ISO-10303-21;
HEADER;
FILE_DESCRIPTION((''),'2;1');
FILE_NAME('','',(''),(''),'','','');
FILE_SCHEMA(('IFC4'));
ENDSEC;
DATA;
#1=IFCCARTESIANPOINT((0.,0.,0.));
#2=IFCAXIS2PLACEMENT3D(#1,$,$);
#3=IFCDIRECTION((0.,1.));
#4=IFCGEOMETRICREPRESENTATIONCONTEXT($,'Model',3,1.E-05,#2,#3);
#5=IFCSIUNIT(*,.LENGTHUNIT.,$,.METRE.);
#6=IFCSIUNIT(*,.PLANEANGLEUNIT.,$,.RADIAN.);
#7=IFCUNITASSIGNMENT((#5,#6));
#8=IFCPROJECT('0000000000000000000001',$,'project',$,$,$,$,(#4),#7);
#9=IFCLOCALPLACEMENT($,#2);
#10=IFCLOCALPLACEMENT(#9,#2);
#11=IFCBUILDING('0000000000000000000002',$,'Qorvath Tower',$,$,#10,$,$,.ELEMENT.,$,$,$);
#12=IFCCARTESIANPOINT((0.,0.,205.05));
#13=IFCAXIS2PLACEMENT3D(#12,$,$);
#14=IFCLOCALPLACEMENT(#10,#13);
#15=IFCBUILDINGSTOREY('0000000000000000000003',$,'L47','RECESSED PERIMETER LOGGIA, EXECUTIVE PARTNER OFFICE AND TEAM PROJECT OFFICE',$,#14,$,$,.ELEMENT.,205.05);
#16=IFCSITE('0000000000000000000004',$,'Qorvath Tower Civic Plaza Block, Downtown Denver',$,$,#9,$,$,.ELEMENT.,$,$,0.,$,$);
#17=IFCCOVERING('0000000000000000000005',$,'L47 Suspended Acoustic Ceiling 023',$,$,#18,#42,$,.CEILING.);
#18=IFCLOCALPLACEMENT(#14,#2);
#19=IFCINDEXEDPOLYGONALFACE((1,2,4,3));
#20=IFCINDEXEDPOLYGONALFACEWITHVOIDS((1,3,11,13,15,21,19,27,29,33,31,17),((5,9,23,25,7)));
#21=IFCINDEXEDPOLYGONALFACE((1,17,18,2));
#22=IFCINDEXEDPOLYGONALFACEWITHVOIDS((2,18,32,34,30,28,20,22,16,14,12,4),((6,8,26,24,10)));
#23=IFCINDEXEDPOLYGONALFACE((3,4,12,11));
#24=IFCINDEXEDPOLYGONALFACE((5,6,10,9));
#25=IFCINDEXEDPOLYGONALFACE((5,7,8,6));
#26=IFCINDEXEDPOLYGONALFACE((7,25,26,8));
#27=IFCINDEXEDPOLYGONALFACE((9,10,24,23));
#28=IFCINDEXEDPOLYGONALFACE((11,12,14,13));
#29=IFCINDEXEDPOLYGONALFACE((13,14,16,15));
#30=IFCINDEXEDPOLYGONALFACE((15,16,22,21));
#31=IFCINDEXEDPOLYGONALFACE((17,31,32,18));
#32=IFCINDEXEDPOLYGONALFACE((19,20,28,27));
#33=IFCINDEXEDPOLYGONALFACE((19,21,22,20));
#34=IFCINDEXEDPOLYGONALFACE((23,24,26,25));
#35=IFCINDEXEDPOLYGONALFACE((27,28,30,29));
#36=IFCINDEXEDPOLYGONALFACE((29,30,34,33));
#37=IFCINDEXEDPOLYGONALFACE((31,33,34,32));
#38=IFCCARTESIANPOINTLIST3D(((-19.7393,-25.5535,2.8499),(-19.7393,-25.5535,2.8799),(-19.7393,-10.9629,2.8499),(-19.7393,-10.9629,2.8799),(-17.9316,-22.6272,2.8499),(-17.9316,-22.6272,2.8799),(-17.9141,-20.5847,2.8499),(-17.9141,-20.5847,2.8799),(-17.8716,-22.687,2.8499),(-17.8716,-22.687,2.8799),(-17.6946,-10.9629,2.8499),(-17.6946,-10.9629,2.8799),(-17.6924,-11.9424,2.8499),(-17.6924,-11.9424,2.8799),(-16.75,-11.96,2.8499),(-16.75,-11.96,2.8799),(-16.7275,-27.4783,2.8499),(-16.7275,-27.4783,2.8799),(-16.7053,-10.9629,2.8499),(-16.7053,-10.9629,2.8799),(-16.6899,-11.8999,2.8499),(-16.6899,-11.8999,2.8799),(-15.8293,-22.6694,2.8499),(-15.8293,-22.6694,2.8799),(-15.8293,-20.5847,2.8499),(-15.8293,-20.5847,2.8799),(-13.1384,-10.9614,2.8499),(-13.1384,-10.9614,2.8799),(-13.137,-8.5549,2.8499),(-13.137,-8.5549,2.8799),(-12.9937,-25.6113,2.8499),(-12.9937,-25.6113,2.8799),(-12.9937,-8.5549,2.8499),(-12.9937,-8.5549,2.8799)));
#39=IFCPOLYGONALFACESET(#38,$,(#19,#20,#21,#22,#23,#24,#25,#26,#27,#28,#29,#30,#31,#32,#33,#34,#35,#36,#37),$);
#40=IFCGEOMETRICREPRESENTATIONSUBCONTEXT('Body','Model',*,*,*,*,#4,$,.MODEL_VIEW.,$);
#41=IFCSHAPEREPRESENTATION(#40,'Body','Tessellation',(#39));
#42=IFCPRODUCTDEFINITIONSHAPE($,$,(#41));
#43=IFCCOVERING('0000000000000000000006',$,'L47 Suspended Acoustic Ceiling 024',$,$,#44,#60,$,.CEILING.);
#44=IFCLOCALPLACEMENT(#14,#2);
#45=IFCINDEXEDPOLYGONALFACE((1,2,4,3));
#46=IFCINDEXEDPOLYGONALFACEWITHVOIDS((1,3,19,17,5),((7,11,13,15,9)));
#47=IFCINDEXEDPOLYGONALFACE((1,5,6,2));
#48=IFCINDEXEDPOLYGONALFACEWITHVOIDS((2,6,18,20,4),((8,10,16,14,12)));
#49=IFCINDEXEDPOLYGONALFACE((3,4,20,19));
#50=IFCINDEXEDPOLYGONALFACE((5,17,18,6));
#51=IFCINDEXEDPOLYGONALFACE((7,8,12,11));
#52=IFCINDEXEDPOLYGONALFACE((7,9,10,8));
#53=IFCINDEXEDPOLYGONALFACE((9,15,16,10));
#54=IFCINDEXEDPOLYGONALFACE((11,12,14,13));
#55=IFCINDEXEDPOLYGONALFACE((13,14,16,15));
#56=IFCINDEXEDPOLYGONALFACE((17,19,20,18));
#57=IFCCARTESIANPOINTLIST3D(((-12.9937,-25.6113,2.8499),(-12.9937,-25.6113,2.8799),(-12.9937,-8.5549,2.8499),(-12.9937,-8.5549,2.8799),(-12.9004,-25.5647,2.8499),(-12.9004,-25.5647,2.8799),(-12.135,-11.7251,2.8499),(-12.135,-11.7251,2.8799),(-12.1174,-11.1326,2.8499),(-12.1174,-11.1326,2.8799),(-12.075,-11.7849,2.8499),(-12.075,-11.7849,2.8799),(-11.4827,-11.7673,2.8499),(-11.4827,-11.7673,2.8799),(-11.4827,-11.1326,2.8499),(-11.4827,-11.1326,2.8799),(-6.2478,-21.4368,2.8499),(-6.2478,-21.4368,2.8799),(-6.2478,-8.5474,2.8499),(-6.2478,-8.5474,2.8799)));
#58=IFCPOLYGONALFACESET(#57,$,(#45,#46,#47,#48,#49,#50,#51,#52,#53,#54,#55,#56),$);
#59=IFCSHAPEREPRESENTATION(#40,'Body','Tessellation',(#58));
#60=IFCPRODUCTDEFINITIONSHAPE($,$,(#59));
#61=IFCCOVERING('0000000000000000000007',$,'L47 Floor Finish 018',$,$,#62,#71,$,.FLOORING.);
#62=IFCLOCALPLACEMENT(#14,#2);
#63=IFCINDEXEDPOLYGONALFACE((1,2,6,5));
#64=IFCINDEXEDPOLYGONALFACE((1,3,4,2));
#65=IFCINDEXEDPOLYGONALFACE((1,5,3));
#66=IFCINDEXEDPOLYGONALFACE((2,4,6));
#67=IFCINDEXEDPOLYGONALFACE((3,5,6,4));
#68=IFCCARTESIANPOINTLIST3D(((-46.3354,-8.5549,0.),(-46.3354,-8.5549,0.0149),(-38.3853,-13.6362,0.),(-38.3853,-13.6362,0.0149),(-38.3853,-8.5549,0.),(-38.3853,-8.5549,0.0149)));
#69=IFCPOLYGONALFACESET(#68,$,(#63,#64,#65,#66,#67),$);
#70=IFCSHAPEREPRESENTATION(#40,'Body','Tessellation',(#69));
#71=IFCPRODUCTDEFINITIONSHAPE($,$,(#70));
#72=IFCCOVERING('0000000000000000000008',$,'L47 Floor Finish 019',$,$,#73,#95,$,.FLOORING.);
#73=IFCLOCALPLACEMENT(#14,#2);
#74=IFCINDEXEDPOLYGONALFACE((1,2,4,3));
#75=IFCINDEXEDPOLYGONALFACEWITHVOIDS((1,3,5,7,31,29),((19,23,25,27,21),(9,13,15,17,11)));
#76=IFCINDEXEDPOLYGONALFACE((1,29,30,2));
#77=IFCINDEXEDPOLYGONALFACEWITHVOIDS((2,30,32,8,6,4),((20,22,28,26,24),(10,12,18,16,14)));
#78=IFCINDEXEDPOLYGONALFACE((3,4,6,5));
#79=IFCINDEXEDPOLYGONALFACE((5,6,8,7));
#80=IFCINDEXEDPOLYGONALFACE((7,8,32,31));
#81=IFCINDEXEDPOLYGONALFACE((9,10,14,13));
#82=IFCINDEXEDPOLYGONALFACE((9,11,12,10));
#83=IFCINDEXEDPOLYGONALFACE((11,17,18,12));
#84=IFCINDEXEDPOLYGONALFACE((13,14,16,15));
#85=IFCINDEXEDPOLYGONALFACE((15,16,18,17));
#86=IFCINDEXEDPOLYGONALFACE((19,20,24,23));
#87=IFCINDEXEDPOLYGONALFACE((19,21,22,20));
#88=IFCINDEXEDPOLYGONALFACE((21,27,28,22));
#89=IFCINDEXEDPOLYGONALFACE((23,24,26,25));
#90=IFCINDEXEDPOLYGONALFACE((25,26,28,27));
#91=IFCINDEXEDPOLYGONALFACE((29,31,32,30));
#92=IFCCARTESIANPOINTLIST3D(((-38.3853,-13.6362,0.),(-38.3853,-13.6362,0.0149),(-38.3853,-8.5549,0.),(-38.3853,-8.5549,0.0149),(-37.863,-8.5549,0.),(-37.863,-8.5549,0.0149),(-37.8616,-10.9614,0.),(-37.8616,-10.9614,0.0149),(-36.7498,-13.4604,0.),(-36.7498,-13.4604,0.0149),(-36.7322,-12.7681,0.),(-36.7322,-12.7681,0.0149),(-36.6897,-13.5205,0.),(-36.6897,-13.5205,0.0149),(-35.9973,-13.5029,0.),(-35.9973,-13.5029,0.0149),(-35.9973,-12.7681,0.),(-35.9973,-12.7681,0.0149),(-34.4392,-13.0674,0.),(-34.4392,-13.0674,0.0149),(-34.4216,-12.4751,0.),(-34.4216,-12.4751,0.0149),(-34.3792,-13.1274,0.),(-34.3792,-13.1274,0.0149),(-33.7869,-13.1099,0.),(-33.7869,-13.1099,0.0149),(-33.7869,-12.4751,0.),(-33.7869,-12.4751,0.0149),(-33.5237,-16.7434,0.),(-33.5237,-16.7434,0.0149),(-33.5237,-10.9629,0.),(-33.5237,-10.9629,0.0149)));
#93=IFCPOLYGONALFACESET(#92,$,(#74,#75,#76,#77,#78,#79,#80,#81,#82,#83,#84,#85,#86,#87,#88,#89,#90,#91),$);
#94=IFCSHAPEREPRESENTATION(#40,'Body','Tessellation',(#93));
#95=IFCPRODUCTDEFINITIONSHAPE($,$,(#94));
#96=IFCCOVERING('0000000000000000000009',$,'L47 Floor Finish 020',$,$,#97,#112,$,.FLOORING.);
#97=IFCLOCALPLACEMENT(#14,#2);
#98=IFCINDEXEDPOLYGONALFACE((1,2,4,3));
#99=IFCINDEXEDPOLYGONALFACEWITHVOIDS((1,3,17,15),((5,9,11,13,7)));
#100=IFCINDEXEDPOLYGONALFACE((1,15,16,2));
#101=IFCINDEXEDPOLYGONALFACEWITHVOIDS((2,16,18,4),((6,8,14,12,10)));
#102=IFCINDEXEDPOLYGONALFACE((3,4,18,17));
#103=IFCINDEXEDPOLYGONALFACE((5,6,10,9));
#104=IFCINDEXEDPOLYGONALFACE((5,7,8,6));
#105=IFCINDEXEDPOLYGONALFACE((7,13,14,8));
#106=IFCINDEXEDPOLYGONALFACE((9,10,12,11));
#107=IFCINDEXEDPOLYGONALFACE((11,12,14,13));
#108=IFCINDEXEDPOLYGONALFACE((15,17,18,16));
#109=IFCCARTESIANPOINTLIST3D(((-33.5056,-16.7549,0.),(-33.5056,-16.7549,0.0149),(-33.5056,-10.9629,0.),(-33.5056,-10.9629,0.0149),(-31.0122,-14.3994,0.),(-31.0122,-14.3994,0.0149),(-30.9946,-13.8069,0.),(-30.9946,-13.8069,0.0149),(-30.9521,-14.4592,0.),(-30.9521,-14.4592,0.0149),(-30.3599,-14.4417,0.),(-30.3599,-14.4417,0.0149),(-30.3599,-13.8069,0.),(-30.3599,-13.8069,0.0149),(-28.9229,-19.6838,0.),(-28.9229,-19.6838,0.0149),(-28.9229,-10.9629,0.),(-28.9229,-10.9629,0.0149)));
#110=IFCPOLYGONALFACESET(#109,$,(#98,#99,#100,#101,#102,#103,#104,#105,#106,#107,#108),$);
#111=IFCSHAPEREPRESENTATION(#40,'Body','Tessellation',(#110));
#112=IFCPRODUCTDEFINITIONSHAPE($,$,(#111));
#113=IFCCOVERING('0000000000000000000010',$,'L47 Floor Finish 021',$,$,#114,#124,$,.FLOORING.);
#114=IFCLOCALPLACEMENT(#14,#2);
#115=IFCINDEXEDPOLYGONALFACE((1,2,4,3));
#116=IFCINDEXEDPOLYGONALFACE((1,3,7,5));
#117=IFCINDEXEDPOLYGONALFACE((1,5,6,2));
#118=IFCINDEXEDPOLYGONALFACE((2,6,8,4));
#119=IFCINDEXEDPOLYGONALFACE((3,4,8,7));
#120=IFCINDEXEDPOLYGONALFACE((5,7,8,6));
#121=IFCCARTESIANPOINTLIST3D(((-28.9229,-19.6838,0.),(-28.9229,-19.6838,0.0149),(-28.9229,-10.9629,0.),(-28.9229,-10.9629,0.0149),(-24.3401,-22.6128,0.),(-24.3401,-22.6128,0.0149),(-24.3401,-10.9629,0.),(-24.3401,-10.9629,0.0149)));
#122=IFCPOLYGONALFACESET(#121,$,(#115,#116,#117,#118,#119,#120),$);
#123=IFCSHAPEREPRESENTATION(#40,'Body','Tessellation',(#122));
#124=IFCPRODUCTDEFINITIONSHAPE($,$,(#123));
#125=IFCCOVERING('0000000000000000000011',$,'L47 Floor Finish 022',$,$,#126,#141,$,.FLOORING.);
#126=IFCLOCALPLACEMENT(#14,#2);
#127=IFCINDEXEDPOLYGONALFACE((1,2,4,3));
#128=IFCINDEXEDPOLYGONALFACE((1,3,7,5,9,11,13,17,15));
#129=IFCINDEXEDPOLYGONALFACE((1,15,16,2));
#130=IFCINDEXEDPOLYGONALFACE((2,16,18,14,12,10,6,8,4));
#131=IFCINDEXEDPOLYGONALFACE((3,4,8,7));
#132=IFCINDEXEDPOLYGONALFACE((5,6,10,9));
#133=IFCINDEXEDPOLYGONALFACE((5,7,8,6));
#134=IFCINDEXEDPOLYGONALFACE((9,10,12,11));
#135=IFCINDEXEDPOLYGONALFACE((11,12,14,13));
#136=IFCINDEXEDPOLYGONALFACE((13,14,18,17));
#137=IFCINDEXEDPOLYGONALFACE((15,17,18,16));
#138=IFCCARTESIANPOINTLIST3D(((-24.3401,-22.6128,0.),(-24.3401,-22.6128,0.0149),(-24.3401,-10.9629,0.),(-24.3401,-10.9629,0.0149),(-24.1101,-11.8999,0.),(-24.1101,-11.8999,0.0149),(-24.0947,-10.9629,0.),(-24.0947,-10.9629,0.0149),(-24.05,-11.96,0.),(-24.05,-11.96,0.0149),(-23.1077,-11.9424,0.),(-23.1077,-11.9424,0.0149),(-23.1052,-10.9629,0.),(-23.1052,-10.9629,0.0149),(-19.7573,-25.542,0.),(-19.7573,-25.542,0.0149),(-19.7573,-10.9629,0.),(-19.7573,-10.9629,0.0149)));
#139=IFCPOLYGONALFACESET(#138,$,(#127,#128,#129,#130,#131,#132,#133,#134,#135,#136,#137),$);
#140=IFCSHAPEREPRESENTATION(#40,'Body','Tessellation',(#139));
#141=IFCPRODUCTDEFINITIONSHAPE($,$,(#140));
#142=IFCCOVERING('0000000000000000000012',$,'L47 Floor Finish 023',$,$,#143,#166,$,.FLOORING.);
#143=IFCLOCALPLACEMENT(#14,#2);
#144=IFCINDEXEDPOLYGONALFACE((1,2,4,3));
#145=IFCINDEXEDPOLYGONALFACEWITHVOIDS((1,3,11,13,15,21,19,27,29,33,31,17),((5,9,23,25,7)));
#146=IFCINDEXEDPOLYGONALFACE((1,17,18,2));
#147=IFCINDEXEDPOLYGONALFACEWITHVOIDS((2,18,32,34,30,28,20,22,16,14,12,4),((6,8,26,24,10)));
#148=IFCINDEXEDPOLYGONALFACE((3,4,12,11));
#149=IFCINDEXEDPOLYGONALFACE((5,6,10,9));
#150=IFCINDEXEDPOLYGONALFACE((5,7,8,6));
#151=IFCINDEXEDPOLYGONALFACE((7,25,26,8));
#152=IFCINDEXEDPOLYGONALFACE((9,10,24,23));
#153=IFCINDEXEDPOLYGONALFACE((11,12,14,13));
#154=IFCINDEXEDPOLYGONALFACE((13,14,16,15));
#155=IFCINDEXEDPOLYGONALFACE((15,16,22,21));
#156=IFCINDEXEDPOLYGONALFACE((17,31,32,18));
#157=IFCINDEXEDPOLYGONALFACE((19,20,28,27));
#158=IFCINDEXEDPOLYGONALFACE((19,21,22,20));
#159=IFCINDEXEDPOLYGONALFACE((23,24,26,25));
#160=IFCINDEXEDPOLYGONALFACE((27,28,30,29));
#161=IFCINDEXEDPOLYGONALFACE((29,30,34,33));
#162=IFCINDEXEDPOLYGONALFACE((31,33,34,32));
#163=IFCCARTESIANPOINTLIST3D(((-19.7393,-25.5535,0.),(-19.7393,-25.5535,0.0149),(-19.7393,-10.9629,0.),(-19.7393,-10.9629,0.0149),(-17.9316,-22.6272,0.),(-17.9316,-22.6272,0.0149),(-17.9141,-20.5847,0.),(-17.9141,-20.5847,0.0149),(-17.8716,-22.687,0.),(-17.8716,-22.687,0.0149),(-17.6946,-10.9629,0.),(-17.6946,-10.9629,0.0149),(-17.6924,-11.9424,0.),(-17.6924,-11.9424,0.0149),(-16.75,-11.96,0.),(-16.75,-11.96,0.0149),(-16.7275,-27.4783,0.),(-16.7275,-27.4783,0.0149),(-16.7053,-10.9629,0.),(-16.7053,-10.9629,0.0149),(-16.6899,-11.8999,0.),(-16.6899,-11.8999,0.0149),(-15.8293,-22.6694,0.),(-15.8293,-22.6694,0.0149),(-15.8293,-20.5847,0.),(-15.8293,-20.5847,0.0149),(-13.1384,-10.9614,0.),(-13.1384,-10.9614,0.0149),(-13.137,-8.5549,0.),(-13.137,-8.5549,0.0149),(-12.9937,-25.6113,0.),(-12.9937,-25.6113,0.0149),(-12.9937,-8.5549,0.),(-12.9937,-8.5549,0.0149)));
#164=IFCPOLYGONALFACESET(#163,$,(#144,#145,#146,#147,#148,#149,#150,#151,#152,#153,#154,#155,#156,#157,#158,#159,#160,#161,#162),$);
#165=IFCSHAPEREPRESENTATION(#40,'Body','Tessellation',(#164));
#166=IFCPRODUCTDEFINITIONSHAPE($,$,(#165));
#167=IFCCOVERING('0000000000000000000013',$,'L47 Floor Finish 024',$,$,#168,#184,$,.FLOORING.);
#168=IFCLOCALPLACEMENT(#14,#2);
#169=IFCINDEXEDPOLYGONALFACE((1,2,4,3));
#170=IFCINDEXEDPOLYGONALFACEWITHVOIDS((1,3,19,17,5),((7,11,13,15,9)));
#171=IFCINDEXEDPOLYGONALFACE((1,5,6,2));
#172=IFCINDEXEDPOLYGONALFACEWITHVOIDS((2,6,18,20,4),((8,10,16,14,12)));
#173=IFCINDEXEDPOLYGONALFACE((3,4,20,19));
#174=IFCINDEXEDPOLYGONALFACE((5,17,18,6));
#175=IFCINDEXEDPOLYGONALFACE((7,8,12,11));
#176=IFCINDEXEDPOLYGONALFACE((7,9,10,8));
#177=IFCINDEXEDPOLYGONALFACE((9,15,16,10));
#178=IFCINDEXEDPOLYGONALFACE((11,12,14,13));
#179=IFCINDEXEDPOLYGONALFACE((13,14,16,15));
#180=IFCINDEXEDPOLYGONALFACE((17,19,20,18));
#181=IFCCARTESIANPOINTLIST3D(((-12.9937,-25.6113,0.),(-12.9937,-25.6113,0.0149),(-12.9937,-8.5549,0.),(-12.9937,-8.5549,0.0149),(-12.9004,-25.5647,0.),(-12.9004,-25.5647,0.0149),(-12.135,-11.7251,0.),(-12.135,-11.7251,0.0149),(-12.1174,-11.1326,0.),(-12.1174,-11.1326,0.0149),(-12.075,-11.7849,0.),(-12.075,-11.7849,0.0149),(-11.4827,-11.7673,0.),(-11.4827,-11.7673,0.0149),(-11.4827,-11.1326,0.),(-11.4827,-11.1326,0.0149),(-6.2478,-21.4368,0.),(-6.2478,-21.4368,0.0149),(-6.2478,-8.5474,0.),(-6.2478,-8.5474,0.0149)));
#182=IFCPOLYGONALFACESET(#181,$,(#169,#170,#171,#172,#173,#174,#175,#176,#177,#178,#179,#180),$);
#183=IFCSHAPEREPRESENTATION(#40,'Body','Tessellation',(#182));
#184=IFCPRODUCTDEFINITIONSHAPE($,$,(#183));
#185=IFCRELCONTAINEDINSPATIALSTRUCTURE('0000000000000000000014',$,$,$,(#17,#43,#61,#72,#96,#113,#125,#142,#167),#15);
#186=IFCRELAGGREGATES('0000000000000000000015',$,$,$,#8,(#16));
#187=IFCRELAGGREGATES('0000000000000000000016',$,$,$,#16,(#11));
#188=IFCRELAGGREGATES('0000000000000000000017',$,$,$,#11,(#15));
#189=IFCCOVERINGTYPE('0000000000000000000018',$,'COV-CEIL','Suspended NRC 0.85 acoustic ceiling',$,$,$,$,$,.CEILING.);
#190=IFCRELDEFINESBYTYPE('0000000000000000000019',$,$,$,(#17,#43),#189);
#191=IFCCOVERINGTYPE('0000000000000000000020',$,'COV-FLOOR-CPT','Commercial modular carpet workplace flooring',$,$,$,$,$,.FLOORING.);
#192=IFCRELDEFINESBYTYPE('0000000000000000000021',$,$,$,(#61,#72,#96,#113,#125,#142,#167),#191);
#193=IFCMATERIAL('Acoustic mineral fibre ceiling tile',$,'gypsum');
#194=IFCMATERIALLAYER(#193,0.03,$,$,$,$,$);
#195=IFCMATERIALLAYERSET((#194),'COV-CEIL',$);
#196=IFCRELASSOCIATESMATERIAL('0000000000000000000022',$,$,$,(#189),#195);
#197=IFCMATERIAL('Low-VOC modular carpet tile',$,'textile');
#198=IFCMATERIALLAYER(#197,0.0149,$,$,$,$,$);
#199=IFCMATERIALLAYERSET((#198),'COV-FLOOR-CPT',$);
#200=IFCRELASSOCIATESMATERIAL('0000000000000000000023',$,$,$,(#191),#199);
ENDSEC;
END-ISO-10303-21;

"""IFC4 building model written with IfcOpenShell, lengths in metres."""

from ifc_helpers import new_model, si_unit, direction, frame, origin, place, context, subcontext, project, spatial, polyline, outline, extrude, material, layer, layer_set, type_object, element, save


model = new_model("IFC4")

# Units and contexts
model_context = context("Model", 3, precision=1e-05, world=origin(), true_north=direction((0.0, 1.0)))
body_context = subcontext(model_context, "Body", "Model", "MODEL_VIEW")
ifc_project = project(units=[si_unit("LENGTHUNIT", "METRE"), si_unit("PLANEANGLEUNIT", "RADIAN")], contexts=[model_context])

# Site, building, storey
site_placement = place(None, origin())
site = spatial("IfcSite", under=ifc_project, at=site_placement, Name="Qorvath Tower Civic Plaza Block, Downtown Denver", CompositionType="ELEMENT", RefElevation=0.0)
building_placement = place(site_placement, origin())
building = spatial("IfcBuilding", under=site, at=building_placement, Name="Qorvath Tower", CompositionType="ELEMENT")
storey_placement = place(building_placement, frame((0.0, 0.0, 205.05)))
storey = spatial("IfcBuildingStorey", under=building, at=storey_placement, Name="L47", Description="RECESSED PERIMETER LOGGIA, EXECUTIVE PARTNER OFFICE AND TEAM PROJECT OFFICE", CompositionType="ELEMENT", Elevation=205.05)

# Coverings
ifc_material_1 = material(Name="Acoustic mineral fibre ceiling tile", Category="gypsum")
ifc_layer_1 = layer(ifc_material_1, 0.03)
ifc_layer_set_1 = layer_set([ifc_layer_1], Name="COV-CEIL")
covering_type_1 = type_object("IfcCoveringType", Name="COV-CEIL", Description="Suspended NRC 0.85 acoustic ceiling", PredefinedType="CEILING", material=ifc_layer_set_1)
covering_1_placement = place(storey_placement, frame((0.0, 0.0, 2.8499)))
element("IfcCovering", 1, at=covering_1_placement, inside=storey, type_object=covering_type_1, Name="L47 Suspended Acoustic Ceiling 023", PredefinedType="CEILING", context=body_context, shape_type="SweptSolid", body=[
    extrude(outline(polyline([(-17.6946, -10.9629), (-19.7393, -10.9629), (-19.7393, -25.5535), (-16.7275, -27.4783), (-12.9937, -25.6113), (-12.9937, -8.5549), (-13.137, -8.5549), (-13.1384, -10.9614), (-16.7053, -10.9629), (-16.6899, -11.8999), (-16.75, -11.96), (-17.6924, -11.9424), (-17.6946, -10.9629)]), holes=[polyline([(-17.9316, -22.6272), (-17.9141, -20.5847), (-15.8293, -20.5847), (-15.8293, -22.6694), (-17.8716, -22.687), (-17.9316, -22.6272)])]), origin(), (0.0, 0.0, 1.0), 0.03),
])
covering_2_placement = place(storey_placement, frame((0.0, 0.0, 2.8499)))
element("IfcCovering", 2, at=covering_2_placement, inside=storey, type_object=covering_type_1, Name="L47 Suspended Acoustic Ceiling 024", PredefinedType="CEILING", context=body_context, shape_type="SweptSolid", body=[
    extrude(outline(polyline([(-12.9937, -8.5549), (-12.9937, -25.6113), (-12.9004, -25.5647), (-6.2478, -21.4368), (-6.2478, -8.5474), (-12.9937, -8.5549)]), holes=[polyline([(-12.135, -11.7251), (-12.1174, -11.1326), (-11.4827, -11.1326), (-11.4827, -11.7673), (-12.075, -11.7849), (-12.135, -11.7251)])]), origin(), (0.0, 0.0, 1.0), 0.03),
])
ifc_material_2 = material(Name="Low-VOC modular carpet tile", Category="textile")
ifc_layer_2 = layer(ifc_material_2, 0.0149)
ifc_layer_set_2 = layer_set([ifc_layer_2], Name="COV-FLOOR-CPT")
covering_type_2 = type_object("IfcCoveringType", Name="COV-FLOOR-CPT", Description="Commercial modular carpet workplace flooring", PredefinedType="FLOORING", material=ifc_layer_set_2)
covering_3_placement = place(storey_placement, origin())
element("IfcCovering", 3, at=covering_3_placement, inside=storey, type_object=covering_type_2, Name="L47 Floor Finish 018", PredefinedType="FLOORING", context=body_context, shape_type="SweptSolid", body=[
    extrude(outline(polyline([(-38.3853, -13.6362), (-38.3853, -8.5549), (-46.3354, -8.5549), (-38.3853, -13.6362)])), origin(), (0.0, 0.0, 1.0), 0.0149),
])
covering_4_placement = place(storey_placement, origin())
element("IfcCovering", 4, at=covering_4_placement, inside=storey, type_object=covering_type_2, Name="L47 Floor Finish 019", PredefinedType="FLOORING", context=body_context, shape_type="SweptSolid", body=[
    extrude(outline(polyline([(-37.8616, -10.9614), (-37.863, -8.5549), (-38.3853, -8.5549), (-38.3853, -13.6362), (-33.5237, -16.7434), (-33.5237, -10.9629), (-37.8616, -10.9614)]), holes=[polyline([(-34.4392, -13.0674), (-34.4216, -12.4751), (-33.7869, -12.4751), (-33.7869, -13.1099), (-34.3792, -13.1274), (-34.4392, -13.0674)]), polyline([(-36.7498, -13.4604), (-36.7322, -12.7681), (-35.9973, -12.7681), (-35.9973, -13.5029), (-36.6897, -13.5205), (-36.7498, -13.4604)])]), origin(), (0.0, 0.0, 1.0), 0.0149),
])
covering_5_placement = place(storey_placement, origin())
element("IfcCovering", 5, at=covering_5_placement, inside=storey, type_object=covering_type_2, Name="L47 Floor Finish 020", PredefinedType="FLOORING", context=body_context, shape_type="SweptSolid", body=[
    extrude(outline(polyline([(-33.5056, -10.9629), (-33.5056, -16.7549), (-28.9229, -19.6838), (-28.9229, -10.9629), (-33.5056, -10.9629)]), holes=[polyline([(-31.0122, -14.3994), (-30.9946, -13.8069), (-30.3599, -13.8069), (-30.3599, -14.4417), (-30.9521, -14.4592), (-31.0122, -14.3994)])]), origin(), (0.0, 0.0, 1.0), 0.0149),
])
covering_6_placement = place(storey_placement, origin())
element("IfcCovering", 6, at=covering_6_placement, inside=storey, type_object=covering_type_2, Name="L47 Floor Finish 021", PredefinedType="FLOORING", context=body_context, shape_type="SweptSolid", body=[
    extrude(outline(polyline([(-28.9229, -10.9629), (-28.9229, -19.6838), (-24.3401, -22.6128), (-24.3401, -10.9629), (-28.9229, -10.9629)])), origin(), (0.0, 0.0, 1.0), 0.0149),
])
covering_7_placement = place(storey_placement, origin())
element("IfcCovering", 7, at=covering_7_placement, inside=storey, type_object=covering_type_2, Name="L47 Floor Finish 022", PredefinedType="FLOORING", context=body_context, shape_type="SweptSolid", body=[
    extrude(outline(polyline([(-24.3401, -10.9629), (-24.3401, -22.6128), (-19.7573, -25.542), (-19.7573, -10.9629), (-23.1052, -10.9629), (-23.1077, -11.9424), (-24.05, -11.96), (-24.1101, -11.8999), (-24.0947, -10.9629), (-24.3401, -10.9629)])), origin(), (0.0, 0.0, 1.0), 0.0149),
])
covering_8_placement = place(storey_placement, origin())
element("IfcCovering", 8, at=covering_8_placement, inside=storey, type_object=covering_type_2, Name="L47 Floor Finish 023", PredefinedType="FLOORING", context=body_context, shape_type="SweptSolid", body=[
    extrude(outline(polyline([(-17.6946, -10.9629), (-19.7393, -10.9629), (-19.7393, -25.5535), (-16.7275, -27.4783), (-12.9937, -25.6113), (-12.9937, -8.5549), (-13.137, -8.5549), (-13.1384, -10.9614), (-16.7053, -10.9629), (-16.6899, -11.8999), (-16.75, -11.96), (-17.6924, -11.9424), (-17.6946, -10.9629)]), holes=[polyline([(-17.9316, -22.6272), (-17.9141, -20.5847), (-15.8293, -20.5847), (-15.8293, -22.6694), (-17.8716, -22.687), (-17.9316, -22.6272)])]), origin(), (0.0, 0.0, 1.0), 0.0149),
])
covering_9_placement = place(storey_placement, origin())
element("IfcCovering", 9, at=covering_9_placement, inside=storey, type_object=covering_type_2, Name="L47 Floor Finish 024", PredefinedType="FLOORING", context=body_context, shape_type="SweptSolid", body=[
    extrude(outline(polyline([(-12.9937, -8.5549), (-12.9937, -25.6113), (-12.9004, -25.5647), (-6.2478, -21.4368), (-6.2478, -8.5474), (-12.9937, -8.5549)]), holes=[polyline([(-12.135, -11.7251), (-12.1174, -11.1326), (-11.4827, -11.1326), (-11.4827, -11.7673), (-12.075, -11.7849), (-12.135, -11.7251)])]), origin(), (0.0, 0.0, 1.0), 0.0149),
])

save(model, "model.ifc")
